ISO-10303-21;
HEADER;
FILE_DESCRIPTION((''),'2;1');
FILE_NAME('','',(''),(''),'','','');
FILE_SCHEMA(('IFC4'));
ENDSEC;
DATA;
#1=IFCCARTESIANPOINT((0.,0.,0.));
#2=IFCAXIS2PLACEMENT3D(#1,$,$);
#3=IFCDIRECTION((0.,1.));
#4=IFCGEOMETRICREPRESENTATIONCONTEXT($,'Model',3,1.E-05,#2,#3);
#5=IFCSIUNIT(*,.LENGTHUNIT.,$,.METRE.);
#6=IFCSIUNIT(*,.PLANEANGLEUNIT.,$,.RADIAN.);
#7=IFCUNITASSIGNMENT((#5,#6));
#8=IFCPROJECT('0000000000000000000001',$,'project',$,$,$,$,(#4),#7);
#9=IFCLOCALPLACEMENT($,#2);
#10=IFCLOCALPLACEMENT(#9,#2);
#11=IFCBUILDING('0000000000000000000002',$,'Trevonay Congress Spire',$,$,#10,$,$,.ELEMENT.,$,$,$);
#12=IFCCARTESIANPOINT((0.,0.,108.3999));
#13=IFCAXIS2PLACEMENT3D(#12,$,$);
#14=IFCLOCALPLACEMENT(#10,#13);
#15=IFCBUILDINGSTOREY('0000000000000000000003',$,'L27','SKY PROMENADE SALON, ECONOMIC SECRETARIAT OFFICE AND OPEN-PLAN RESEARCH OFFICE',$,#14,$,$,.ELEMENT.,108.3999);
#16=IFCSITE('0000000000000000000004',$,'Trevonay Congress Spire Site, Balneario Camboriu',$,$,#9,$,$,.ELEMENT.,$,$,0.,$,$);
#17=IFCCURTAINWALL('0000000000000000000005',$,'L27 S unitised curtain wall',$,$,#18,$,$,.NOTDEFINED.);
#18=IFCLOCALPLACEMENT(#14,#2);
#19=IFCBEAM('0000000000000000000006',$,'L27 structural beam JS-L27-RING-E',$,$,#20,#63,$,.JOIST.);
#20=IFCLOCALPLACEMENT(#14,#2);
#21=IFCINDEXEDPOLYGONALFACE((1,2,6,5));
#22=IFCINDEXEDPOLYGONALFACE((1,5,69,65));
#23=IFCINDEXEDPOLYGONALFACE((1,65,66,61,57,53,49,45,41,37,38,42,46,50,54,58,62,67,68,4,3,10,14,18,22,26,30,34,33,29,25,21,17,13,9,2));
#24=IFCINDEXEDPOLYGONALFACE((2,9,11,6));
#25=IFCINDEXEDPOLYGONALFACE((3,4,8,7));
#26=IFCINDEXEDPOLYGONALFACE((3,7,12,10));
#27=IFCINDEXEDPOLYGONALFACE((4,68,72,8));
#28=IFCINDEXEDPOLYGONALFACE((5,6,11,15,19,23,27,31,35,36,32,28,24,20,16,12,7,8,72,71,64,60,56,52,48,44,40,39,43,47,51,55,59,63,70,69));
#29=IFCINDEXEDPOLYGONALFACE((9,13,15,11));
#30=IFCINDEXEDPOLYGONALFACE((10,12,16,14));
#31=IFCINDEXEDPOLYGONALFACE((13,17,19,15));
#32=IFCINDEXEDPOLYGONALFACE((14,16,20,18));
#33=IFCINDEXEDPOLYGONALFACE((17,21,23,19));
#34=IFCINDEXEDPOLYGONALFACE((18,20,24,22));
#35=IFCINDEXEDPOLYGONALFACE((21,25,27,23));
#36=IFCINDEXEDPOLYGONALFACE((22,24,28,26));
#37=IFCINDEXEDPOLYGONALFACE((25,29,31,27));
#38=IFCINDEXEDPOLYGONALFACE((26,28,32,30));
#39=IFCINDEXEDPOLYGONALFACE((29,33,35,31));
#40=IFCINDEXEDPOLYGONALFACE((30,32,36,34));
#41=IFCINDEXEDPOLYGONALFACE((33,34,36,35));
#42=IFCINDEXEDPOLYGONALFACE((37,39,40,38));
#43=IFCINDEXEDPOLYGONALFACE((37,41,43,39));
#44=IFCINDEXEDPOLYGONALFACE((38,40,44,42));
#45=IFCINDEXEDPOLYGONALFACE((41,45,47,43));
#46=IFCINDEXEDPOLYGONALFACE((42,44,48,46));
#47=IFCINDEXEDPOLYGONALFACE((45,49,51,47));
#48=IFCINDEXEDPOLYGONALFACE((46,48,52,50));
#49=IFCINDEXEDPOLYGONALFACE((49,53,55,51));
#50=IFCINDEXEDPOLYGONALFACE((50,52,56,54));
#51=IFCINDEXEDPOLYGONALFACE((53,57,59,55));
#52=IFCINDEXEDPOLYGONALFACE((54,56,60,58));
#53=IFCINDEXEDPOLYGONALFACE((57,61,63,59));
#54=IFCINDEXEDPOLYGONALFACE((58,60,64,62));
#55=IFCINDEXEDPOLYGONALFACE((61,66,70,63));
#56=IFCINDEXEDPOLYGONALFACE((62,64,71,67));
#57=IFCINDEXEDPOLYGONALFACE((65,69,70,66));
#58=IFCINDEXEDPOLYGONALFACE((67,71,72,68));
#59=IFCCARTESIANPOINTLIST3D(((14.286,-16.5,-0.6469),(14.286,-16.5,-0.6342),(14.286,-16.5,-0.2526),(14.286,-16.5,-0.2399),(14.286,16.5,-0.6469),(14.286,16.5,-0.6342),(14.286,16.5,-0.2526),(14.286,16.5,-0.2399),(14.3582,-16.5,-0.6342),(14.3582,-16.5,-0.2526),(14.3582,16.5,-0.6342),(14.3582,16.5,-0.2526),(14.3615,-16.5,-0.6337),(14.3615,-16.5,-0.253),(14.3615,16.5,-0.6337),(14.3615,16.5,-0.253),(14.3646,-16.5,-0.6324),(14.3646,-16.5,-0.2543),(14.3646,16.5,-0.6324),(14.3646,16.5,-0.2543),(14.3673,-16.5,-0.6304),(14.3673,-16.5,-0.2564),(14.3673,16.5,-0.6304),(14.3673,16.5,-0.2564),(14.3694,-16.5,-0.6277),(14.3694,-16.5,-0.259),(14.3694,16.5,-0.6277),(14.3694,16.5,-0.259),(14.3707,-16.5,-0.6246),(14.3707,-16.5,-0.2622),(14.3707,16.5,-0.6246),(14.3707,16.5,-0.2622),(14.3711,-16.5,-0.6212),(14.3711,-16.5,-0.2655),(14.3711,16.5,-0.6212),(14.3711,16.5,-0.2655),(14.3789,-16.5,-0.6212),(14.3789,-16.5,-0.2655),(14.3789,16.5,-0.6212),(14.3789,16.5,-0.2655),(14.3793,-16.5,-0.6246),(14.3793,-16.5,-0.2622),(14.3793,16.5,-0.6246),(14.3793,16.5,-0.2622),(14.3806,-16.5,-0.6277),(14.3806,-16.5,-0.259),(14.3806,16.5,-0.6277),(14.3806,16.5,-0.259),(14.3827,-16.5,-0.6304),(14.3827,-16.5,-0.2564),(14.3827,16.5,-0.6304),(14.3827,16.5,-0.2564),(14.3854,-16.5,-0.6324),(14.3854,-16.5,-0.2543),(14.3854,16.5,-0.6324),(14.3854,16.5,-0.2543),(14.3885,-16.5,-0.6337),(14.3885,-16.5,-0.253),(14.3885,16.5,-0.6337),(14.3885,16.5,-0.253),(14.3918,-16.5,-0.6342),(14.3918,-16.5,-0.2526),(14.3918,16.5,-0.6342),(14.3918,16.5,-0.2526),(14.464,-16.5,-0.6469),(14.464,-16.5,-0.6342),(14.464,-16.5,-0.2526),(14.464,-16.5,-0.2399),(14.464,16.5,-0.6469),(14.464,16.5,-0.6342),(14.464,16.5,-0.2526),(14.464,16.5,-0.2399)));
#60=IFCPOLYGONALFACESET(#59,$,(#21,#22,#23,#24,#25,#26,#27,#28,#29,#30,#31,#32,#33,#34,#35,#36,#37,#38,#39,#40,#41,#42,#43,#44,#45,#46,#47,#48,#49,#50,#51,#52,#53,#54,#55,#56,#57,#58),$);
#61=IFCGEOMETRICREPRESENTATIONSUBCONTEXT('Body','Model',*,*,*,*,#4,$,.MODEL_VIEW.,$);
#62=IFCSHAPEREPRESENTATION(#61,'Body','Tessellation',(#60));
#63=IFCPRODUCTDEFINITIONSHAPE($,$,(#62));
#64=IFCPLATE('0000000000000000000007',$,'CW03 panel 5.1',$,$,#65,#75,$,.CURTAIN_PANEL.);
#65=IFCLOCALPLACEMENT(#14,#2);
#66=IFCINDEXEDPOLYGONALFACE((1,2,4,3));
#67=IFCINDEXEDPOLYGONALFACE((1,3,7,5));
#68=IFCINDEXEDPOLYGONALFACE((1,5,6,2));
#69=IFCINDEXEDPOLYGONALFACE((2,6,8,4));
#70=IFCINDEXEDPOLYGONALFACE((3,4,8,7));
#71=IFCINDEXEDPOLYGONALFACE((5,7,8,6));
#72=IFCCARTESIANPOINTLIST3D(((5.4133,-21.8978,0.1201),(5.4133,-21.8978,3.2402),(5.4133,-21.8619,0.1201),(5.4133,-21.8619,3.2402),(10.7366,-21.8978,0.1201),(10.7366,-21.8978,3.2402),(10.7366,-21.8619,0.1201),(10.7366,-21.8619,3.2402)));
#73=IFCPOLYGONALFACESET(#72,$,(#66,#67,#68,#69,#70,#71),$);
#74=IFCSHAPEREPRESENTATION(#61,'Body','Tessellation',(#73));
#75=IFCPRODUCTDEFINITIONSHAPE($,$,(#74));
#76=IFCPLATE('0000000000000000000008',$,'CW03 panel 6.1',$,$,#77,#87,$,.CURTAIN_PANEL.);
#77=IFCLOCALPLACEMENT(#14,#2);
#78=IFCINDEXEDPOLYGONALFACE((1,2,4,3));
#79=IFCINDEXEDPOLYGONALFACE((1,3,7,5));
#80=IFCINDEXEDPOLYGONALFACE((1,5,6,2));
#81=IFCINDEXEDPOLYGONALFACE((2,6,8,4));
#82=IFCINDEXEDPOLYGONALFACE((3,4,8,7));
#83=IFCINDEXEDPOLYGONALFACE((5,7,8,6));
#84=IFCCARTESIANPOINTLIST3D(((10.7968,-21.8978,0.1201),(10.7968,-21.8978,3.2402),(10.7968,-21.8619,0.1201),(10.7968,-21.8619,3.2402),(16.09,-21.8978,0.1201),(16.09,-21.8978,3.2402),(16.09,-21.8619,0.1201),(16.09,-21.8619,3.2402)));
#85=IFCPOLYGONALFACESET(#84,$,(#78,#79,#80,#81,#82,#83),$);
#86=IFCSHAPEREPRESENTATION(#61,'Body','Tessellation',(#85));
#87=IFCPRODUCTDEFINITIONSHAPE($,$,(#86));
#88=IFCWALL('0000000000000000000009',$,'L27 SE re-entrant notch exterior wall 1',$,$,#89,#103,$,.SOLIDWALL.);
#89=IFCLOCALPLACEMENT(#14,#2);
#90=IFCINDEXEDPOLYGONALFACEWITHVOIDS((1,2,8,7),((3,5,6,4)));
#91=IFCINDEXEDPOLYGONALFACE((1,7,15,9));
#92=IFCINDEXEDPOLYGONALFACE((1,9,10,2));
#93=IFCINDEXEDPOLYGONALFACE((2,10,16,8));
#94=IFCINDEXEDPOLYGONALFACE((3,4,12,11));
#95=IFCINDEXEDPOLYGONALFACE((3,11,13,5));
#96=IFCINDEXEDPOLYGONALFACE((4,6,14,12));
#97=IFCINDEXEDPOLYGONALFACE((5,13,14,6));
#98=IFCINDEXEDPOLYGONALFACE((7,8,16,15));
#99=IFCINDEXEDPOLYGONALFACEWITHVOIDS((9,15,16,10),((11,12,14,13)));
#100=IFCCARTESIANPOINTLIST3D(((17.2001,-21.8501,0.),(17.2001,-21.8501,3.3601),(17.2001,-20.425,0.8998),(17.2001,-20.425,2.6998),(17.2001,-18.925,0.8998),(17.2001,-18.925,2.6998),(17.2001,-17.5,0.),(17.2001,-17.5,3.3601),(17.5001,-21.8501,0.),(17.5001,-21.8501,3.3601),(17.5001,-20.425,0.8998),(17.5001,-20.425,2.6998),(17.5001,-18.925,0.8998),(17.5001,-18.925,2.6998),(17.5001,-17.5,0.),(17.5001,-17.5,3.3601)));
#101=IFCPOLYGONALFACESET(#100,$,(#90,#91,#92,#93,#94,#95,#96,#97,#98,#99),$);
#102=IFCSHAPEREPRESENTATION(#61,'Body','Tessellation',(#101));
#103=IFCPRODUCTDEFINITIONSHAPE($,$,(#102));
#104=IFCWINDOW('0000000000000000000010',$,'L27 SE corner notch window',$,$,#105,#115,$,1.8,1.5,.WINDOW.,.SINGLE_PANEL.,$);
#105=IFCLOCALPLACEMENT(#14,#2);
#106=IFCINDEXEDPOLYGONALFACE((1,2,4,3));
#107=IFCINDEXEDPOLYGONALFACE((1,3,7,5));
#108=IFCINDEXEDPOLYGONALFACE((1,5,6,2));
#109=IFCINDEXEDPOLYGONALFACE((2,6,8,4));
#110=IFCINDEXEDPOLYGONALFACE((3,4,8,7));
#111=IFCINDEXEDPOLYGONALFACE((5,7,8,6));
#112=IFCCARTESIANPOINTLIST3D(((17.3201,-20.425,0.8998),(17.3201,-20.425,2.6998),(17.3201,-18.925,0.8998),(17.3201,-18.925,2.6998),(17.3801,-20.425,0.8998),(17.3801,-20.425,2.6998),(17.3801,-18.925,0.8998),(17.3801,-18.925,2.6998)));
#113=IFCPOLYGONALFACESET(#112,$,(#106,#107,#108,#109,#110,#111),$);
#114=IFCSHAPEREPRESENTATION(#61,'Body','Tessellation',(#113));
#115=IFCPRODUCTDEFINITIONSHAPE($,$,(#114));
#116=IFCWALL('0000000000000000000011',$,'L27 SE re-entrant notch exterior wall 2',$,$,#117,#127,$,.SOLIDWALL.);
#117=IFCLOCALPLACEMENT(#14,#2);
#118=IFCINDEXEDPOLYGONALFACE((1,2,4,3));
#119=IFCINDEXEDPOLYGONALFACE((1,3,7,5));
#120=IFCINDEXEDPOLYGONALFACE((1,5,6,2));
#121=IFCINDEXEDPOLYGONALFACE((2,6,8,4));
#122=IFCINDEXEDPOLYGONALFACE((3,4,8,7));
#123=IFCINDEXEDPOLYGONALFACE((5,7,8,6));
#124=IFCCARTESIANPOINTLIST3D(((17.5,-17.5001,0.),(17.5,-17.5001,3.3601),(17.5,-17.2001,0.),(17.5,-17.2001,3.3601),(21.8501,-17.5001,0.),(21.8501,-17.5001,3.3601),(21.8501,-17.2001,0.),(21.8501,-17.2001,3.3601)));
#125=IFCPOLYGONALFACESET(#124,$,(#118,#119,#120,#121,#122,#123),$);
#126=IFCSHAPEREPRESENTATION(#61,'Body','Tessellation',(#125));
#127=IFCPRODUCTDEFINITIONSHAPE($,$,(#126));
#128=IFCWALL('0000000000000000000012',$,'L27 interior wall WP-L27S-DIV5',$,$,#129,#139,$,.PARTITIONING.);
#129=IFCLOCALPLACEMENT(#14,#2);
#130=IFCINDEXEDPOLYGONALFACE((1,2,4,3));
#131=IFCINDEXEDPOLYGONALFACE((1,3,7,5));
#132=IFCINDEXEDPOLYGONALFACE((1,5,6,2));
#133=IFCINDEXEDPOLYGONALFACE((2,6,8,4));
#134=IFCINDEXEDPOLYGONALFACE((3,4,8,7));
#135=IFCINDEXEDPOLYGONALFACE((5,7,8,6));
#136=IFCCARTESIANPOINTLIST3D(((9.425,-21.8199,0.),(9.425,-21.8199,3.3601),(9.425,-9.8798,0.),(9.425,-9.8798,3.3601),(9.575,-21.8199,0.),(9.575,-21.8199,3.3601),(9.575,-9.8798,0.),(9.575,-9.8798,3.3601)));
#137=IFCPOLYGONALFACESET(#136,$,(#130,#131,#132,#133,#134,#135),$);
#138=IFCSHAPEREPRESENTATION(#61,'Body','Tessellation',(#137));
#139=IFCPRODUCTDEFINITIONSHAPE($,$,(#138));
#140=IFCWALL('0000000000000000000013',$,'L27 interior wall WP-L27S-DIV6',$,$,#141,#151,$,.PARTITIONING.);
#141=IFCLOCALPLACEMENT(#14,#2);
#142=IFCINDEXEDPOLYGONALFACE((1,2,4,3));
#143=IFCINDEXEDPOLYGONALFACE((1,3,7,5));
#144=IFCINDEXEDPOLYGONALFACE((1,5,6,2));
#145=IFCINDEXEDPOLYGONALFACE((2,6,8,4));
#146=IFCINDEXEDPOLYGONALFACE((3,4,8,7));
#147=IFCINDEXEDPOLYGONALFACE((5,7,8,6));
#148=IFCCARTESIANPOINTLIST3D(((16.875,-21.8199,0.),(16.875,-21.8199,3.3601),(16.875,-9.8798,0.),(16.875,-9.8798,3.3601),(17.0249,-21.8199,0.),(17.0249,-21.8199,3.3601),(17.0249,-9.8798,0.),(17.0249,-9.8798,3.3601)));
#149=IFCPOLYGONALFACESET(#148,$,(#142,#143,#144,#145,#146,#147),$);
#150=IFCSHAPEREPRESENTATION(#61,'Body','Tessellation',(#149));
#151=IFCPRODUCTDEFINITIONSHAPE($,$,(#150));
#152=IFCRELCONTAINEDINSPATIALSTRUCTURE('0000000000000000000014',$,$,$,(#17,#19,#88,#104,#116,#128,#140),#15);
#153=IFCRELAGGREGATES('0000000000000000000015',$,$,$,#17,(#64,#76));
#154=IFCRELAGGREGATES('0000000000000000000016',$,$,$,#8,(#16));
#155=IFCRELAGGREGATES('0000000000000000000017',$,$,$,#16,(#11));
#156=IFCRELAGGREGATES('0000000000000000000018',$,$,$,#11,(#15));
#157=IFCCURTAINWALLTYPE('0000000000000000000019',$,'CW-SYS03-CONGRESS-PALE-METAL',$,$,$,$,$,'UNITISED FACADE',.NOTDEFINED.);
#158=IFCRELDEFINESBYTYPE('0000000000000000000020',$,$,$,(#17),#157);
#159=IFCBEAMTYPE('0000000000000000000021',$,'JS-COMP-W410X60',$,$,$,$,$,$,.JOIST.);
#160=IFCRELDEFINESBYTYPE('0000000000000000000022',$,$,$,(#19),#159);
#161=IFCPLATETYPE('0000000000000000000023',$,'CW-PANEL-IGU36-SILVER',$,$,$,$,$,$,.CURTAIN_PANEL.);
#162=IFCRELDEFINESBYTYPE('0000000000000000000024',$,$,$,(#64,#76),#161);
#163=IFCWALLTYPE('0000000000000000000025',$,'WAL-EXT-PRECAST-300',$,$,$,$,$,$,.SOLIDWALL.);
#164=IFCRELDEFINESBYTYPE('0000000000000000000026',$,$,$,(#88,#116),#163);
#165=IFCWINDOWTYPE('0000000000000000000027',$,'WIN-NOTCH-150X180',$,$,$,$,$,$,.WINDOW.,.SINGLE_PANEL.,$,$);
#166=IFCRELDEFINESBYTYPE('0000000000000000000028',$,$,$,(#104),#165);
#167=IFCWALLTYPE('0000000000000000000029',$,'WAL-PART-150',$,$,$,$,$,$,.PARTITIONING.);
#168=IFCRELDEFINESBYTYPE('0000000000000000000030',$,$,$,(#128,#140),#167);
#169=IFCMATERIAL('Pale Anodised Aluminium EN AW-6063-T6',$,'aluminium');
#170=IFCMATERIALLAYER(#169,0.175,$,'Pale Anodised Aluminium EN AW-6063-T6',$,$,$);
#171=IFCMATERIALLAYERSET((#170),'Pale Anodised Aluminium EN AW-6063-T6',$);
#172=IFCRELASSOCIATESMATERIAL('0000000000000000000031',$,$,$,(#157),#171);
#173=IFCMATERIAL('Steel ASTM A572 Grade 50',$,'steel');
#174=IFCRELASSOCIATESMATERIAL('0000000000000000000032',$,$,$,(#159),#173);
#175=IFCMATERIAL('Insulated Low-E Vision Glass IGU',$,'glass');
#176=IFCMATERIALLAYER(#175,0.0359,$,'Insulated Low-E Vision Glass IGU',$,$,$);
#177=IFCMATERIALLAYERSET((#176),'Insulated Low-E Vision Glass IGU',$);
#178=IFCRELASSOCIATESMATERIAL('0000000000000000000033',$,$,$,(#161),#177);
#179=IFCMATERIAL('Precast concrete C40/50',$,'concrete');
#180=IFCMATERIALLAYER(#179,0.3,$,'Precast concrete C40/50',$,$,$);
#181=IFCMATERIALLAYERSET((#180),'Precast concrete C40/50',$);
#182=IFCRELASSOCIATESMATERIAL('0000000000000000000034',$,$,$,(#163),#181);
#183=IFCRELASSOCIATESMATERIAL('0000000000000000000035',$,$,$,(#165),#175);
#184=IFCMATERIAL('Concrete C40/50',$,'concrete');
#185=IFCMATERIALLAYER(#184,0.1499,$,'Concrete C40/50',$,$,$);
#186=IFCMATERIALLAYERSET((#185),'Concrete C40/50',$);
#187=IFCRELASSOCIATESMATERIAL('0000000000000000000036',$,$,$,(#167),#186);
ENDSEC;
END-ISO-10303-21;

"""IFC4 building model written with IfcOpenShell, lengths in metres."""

from ifc_helpers import new_model, si_unit, direction, frame, frame_2d, origin, origin_2d, place, context, subcontext, project, spatial, rectangle, i_section, extrude, material, layer, layer_set, material_profile, profile_set, type_object, element, fill, aggregate, save


model = new_model("IFC4")

# Units and contexts
model_context = context("Model", 3, precision=1e-05, world=origin(), true_north=direction((0.0, 1.0)))
body_context = subcontext(model_context, "Body", "Model", "MODEL_VIEW")
ifc_project = project(units=[si_unit("LENGTHUNIT", "METRE"), si_unit("PLANEANGLEUNIT", "RADIAN")], contexts=[model_context])

# Site, building, storey
site_placement = place(None, origin())
site = spatial("IfcSite", under=ifc_project, at=site_placement, Name="Trevonay Congress Spire Site, Balneario Camboriu", CompositionType="ELEMENT", RefElevation=0.0)
building_placement = place(site_placement, origin())
building = spatial("IfcBuilding", under=site, at=building_placement, Name="Trevonay Congress Spire", CompositionType="ELEMENT")
storey_placement = place(building_placement, frame((0.0, 0.0, 108.3999)))
storey = spatial("IfcBuildingStorey", under=building, at=storey_placement, Name="L27", Description="SKY PROMENADE SALON, ECONOMIC SECRETARIAT OFFICE AND OPEN-PLAN RESEARCH OFFICE", CompositionType="ELEMENT", Elevation=108.3999)

# Shared definitions
ifc_material_1 = material(Name="Steel ASTM A572 Grade 50", Category="steel")

# Curtain wall
ifc_material_2 = material(Name="Pale Anodised Aluminium EN AW-6063-T6", Category="aluminium")
ifc_layer_1 = layer(ifc_material_2, 0.175, Name="Pale Anodised Aluminium EN AW-6063-T6")
ifc_layer_set_1 = layer_set([ifc_layer_1], Name="Pale Anodised Aluminium EN AW-6063-T6")
curtain_wall_type = type_object("IfcCurtainWallType", Name="CW-SYS03-CONGRESS-PALE-METAL", ElementType="UNITISED FACADE", PredefinedType="NOTDEFINED", material=ifc_layer_set_1)
curtain_wall_1_placement = place(storey_placement, origin())
curtain_wall_1 = element("IfcCurtainWall", 1, at=curtain_wall_1_placement, inside=storey, type_object=curtain_wall_type, Name="L27 S unitised curtain wall", PredefinedType="NOTDEFINED")

# Beam
ifc_material_profile_1 = material_profile(ifc_material_1, i_section(OverallWidth=0.178, OverallDepth=0.407, WebThickness=0.0078, FlangeThickness=0.0127, FilletRadius=0.0129, at=origin_2d()), Name="W410x60")
ifc_profile_set_1 = profile_set([ifc_material_profile_1], Name="Steel ASTM A572 Grade 50")
beam_type_1 = type_object("IfcBeamType", Name="JS-COMP-W410X60", PredefinedType="JOIST", material=ifc_profile_set_1)
beam_placement = place(storey_placement, frame((14.375, -16.5, -0.4434), z_axis=(0.0, 1.0, 0.0), x_axis=(-1.0, 0.0, 0.0)))
element("IfcBeam", 2, at=beam_placement, inside=storey, type_object=beam_type_1, Name="L27 structural beam JS-L27-RING-E", PredefinedType="JOIST", context=body_context, shape_type="SweptSolid", body=[
    extrude(i_section(OverallWidth=0.178, OverallDepth=0.407, WebThickness=0.0078, FlangeThickness=0.0127, FilletRadius=0.0129, at=origin_2d()), origin(), (0.0, 0.0, 1.0), 33.0),
])

# Plates
ifc_material_3 = material(Name="Insulated Low-E Vision Glass IGU", Category="glass")
ifc_layer_2 = layer(ifc_material_3, 0.0359, Name="Insulated Low-E Vision Glass IGU")
ifc_layer_set_2 = layer_set([ifc_layer_2], Name="Insulated Low-E Vision Glass IGU")
plate_type = type_object("IfcPlateType", Name="CW-PANEL-IGU36-SILVER", PredefinedType="CURTAIN_PANEL", material=ifc_layer_set_2)
plate_1_placement = place(storey_placement, frame((8.075, -21.8799, 0.1201), z_axis=(0.0, 0.0, 1.0), x_axis=(1.0, 0.0, 0.0)))
plate_1 = element("IfcPlate", 3, at=plate_1_placement, type_object=plate_type, Name="CW03 panel 5.1", PredefinedType="CURTAIN_PANEL", context=body_context, shape_type="SweptSolid", body=[
    extrude(rectangle(XDim=5.3232, YDim=0.0359, at=origin_2d()), origin(), (0.0, 0.0, 1.0), 3.1201),
])
plate_2_placement = place(storey_placement, frame((13.4434, -21.8799, 0.1201), z_axis=(0.0, 0.0, 1.0), x_axis=(1.0, 0.0, 0.0)))
plate_2 = element("IfcPlate", 4, at=plate_2_placement, type_object=plate_type, Name="CW03 panel 6.1", PredefinedType="CURTAIN_PANEL", context=body_context, shape_type="SweptSolid", body=[
    extrude(rectangle(XDim=5.2932, YDim=0.0359, at=origin_2d()), origin(), (0.0, 0.0, 1.0), 3.1201),
])
aggregate(curtain_wall_1, [plate_1, plate_2])

# Wall, opening, window
ifc_material_4 = material(Name="Precast concrete C40/50", Category="concrete")
ifc_layer_3 = layer(ifc_material_4, 0.3, Name="Precast concrete C40/50")
ifc_layer_set_3 = layer_set([ifc_layer_3], Name="Precast concrete C40/50")
wall_type_1 = type_object("IfcWallType", Name="WAL-EXT-PRECAST-300", PredefinedType="SOLIDWALL", material=ifc_layer_set_3)
wall_1_placement = place(storey_placement, frame((17.3501, -21.8501, 0.0), z_axis=(0.0, 0.0, 1.0), x_axis=(0.0, 1.0, 0.0)))
wall_1 = element("IfcWall", 5, at=wall_1_placement, inside=storey, type_object=wall_type_1, Name="L27 SE re-entrant notch exterior wall 1", PredefinedType="SOLIDWALL", context=body_context, shape_type="SweptSolid", body=[
    extrude(rectangle(XDim=4.3501, YDim=0.3, at=frame_2d((2.175, 0.0))), origin(), (0.0, 0.0, 1.0), 3.3601),
])
opening_placement = place(wall_1_placement, frame((1.425, 0.0, 0.8999)))
opening = element("IfcOpeningElement", 6, at=opening_placement, cuts=wall_1, PredefinedType="OPENING", context=body_context, shape_type="SweptSolid", body=[
    extrude(rectangle(XDim=1.5, YDim=1.8, at=frame_2d((0.75, 0.8999))), frame((0.0, 0.1602, 0.0), z_axis=(0.0, -1.0, 0.0), x_axis=(1.0, 0.0, 0.0)), (0.0, 0.0, 1.0), 0.3201),
])
window_type = type_object("IfcWindowType", Name="WIN-NOTCH-150X180", PartitioningType="SINGLE_PANEL", PredefinedType="WINDOW", material=ifc_material_3)
window_placement = place(opening_placement, origin())
window = element("IfcWindow", 7, at=window_placement, inside=storey, type_object=window_type, Name="L27 SE corner notch window", OverallHeight=1.8, OverallWidth=1.5, PartitioningType="SINGLE_PANEL", PredefinedType="WINDOW", context=body_context, shape_type="SweptSolid", body=[
    extrude(rectangle(XDim=1.5, YDim=1.8, at=frame_2d((0.75, 0.8999))), frame((0.0, 0.03, 0.0), z_axis=(0.0, -1.0, 0.0), x_axis=(1.0, 0.0, 0.0)), (0.0, 0.0, 1.0), 0.0601),
])
fill(opening, window)

# Walls
wall_2_placement = place(storey_placement, frame((21.8501, -17.3501, 0.0), z_axis=(0.0, 0.0, 1.0), x_axis=(-1.0, 0.0, 0.0)))
element("IfcWall", 8, at=wall_2_placement, inside=storey, type_object=wall_type_1, Name="L27 SE re-entrant notch exterior wall 2", PredefinedType="SOLIDWALL", context=body_context, shape_type="SweptSolid", body=[
    extrude(rectangle(XDim=4.3501, YDim=0.3, at=frame_2d((2.175, 0.0))), origin(), (0.0, 0.0, 1.0), 3.3601),
])
ifc_material_5 = material(Name="Concrete C40/50", Category="concrete")
ifc_layer_4 = layer(ifc_material_5, 0.1499, Name="Concrete C40/50")
ifc_layer_set_4 = layer_set([ifc_layer_4], Name="Concrete C40/50")
wall_type_2 = type_object("IfcWallType", Name="WAL-PART-150", PredefinedType="PARTITIONING", material=ifc_layer_set_4)
for number, where, z_axis, x_axis, name in (
    (9, (9.5, -21.8201, 0.0), (0.0, 0.0, 1.0), (0.0, 1.0, 0.0), "L27 interior wall WP-L27S-DIV5"),
    (10, (16.95, -21.8201, 0.0), (0.0, 0.0, 1.0), (0.0, 1.0, 0.0), "L27 interior wall WP-L27S-DIV6"),
):
    element("IfcWall", number, at=place(storey_placement, frame(where, z_axis=z_axis, x_axis=x_axis)), inside=storey, type_object=wall_type_2, Name=name, PredefinedType="PARTITIONING", context=body_context, shape_type="SweptSolid", body=[
        extrude(rectangle(XDim=11.9402, YDim=0.1499, at=frame_2d((5.9702, 0.0))), origin(), (0.0, 0.0, 1.0), 3.3601),
    ])

save(model, "model.ifc")
